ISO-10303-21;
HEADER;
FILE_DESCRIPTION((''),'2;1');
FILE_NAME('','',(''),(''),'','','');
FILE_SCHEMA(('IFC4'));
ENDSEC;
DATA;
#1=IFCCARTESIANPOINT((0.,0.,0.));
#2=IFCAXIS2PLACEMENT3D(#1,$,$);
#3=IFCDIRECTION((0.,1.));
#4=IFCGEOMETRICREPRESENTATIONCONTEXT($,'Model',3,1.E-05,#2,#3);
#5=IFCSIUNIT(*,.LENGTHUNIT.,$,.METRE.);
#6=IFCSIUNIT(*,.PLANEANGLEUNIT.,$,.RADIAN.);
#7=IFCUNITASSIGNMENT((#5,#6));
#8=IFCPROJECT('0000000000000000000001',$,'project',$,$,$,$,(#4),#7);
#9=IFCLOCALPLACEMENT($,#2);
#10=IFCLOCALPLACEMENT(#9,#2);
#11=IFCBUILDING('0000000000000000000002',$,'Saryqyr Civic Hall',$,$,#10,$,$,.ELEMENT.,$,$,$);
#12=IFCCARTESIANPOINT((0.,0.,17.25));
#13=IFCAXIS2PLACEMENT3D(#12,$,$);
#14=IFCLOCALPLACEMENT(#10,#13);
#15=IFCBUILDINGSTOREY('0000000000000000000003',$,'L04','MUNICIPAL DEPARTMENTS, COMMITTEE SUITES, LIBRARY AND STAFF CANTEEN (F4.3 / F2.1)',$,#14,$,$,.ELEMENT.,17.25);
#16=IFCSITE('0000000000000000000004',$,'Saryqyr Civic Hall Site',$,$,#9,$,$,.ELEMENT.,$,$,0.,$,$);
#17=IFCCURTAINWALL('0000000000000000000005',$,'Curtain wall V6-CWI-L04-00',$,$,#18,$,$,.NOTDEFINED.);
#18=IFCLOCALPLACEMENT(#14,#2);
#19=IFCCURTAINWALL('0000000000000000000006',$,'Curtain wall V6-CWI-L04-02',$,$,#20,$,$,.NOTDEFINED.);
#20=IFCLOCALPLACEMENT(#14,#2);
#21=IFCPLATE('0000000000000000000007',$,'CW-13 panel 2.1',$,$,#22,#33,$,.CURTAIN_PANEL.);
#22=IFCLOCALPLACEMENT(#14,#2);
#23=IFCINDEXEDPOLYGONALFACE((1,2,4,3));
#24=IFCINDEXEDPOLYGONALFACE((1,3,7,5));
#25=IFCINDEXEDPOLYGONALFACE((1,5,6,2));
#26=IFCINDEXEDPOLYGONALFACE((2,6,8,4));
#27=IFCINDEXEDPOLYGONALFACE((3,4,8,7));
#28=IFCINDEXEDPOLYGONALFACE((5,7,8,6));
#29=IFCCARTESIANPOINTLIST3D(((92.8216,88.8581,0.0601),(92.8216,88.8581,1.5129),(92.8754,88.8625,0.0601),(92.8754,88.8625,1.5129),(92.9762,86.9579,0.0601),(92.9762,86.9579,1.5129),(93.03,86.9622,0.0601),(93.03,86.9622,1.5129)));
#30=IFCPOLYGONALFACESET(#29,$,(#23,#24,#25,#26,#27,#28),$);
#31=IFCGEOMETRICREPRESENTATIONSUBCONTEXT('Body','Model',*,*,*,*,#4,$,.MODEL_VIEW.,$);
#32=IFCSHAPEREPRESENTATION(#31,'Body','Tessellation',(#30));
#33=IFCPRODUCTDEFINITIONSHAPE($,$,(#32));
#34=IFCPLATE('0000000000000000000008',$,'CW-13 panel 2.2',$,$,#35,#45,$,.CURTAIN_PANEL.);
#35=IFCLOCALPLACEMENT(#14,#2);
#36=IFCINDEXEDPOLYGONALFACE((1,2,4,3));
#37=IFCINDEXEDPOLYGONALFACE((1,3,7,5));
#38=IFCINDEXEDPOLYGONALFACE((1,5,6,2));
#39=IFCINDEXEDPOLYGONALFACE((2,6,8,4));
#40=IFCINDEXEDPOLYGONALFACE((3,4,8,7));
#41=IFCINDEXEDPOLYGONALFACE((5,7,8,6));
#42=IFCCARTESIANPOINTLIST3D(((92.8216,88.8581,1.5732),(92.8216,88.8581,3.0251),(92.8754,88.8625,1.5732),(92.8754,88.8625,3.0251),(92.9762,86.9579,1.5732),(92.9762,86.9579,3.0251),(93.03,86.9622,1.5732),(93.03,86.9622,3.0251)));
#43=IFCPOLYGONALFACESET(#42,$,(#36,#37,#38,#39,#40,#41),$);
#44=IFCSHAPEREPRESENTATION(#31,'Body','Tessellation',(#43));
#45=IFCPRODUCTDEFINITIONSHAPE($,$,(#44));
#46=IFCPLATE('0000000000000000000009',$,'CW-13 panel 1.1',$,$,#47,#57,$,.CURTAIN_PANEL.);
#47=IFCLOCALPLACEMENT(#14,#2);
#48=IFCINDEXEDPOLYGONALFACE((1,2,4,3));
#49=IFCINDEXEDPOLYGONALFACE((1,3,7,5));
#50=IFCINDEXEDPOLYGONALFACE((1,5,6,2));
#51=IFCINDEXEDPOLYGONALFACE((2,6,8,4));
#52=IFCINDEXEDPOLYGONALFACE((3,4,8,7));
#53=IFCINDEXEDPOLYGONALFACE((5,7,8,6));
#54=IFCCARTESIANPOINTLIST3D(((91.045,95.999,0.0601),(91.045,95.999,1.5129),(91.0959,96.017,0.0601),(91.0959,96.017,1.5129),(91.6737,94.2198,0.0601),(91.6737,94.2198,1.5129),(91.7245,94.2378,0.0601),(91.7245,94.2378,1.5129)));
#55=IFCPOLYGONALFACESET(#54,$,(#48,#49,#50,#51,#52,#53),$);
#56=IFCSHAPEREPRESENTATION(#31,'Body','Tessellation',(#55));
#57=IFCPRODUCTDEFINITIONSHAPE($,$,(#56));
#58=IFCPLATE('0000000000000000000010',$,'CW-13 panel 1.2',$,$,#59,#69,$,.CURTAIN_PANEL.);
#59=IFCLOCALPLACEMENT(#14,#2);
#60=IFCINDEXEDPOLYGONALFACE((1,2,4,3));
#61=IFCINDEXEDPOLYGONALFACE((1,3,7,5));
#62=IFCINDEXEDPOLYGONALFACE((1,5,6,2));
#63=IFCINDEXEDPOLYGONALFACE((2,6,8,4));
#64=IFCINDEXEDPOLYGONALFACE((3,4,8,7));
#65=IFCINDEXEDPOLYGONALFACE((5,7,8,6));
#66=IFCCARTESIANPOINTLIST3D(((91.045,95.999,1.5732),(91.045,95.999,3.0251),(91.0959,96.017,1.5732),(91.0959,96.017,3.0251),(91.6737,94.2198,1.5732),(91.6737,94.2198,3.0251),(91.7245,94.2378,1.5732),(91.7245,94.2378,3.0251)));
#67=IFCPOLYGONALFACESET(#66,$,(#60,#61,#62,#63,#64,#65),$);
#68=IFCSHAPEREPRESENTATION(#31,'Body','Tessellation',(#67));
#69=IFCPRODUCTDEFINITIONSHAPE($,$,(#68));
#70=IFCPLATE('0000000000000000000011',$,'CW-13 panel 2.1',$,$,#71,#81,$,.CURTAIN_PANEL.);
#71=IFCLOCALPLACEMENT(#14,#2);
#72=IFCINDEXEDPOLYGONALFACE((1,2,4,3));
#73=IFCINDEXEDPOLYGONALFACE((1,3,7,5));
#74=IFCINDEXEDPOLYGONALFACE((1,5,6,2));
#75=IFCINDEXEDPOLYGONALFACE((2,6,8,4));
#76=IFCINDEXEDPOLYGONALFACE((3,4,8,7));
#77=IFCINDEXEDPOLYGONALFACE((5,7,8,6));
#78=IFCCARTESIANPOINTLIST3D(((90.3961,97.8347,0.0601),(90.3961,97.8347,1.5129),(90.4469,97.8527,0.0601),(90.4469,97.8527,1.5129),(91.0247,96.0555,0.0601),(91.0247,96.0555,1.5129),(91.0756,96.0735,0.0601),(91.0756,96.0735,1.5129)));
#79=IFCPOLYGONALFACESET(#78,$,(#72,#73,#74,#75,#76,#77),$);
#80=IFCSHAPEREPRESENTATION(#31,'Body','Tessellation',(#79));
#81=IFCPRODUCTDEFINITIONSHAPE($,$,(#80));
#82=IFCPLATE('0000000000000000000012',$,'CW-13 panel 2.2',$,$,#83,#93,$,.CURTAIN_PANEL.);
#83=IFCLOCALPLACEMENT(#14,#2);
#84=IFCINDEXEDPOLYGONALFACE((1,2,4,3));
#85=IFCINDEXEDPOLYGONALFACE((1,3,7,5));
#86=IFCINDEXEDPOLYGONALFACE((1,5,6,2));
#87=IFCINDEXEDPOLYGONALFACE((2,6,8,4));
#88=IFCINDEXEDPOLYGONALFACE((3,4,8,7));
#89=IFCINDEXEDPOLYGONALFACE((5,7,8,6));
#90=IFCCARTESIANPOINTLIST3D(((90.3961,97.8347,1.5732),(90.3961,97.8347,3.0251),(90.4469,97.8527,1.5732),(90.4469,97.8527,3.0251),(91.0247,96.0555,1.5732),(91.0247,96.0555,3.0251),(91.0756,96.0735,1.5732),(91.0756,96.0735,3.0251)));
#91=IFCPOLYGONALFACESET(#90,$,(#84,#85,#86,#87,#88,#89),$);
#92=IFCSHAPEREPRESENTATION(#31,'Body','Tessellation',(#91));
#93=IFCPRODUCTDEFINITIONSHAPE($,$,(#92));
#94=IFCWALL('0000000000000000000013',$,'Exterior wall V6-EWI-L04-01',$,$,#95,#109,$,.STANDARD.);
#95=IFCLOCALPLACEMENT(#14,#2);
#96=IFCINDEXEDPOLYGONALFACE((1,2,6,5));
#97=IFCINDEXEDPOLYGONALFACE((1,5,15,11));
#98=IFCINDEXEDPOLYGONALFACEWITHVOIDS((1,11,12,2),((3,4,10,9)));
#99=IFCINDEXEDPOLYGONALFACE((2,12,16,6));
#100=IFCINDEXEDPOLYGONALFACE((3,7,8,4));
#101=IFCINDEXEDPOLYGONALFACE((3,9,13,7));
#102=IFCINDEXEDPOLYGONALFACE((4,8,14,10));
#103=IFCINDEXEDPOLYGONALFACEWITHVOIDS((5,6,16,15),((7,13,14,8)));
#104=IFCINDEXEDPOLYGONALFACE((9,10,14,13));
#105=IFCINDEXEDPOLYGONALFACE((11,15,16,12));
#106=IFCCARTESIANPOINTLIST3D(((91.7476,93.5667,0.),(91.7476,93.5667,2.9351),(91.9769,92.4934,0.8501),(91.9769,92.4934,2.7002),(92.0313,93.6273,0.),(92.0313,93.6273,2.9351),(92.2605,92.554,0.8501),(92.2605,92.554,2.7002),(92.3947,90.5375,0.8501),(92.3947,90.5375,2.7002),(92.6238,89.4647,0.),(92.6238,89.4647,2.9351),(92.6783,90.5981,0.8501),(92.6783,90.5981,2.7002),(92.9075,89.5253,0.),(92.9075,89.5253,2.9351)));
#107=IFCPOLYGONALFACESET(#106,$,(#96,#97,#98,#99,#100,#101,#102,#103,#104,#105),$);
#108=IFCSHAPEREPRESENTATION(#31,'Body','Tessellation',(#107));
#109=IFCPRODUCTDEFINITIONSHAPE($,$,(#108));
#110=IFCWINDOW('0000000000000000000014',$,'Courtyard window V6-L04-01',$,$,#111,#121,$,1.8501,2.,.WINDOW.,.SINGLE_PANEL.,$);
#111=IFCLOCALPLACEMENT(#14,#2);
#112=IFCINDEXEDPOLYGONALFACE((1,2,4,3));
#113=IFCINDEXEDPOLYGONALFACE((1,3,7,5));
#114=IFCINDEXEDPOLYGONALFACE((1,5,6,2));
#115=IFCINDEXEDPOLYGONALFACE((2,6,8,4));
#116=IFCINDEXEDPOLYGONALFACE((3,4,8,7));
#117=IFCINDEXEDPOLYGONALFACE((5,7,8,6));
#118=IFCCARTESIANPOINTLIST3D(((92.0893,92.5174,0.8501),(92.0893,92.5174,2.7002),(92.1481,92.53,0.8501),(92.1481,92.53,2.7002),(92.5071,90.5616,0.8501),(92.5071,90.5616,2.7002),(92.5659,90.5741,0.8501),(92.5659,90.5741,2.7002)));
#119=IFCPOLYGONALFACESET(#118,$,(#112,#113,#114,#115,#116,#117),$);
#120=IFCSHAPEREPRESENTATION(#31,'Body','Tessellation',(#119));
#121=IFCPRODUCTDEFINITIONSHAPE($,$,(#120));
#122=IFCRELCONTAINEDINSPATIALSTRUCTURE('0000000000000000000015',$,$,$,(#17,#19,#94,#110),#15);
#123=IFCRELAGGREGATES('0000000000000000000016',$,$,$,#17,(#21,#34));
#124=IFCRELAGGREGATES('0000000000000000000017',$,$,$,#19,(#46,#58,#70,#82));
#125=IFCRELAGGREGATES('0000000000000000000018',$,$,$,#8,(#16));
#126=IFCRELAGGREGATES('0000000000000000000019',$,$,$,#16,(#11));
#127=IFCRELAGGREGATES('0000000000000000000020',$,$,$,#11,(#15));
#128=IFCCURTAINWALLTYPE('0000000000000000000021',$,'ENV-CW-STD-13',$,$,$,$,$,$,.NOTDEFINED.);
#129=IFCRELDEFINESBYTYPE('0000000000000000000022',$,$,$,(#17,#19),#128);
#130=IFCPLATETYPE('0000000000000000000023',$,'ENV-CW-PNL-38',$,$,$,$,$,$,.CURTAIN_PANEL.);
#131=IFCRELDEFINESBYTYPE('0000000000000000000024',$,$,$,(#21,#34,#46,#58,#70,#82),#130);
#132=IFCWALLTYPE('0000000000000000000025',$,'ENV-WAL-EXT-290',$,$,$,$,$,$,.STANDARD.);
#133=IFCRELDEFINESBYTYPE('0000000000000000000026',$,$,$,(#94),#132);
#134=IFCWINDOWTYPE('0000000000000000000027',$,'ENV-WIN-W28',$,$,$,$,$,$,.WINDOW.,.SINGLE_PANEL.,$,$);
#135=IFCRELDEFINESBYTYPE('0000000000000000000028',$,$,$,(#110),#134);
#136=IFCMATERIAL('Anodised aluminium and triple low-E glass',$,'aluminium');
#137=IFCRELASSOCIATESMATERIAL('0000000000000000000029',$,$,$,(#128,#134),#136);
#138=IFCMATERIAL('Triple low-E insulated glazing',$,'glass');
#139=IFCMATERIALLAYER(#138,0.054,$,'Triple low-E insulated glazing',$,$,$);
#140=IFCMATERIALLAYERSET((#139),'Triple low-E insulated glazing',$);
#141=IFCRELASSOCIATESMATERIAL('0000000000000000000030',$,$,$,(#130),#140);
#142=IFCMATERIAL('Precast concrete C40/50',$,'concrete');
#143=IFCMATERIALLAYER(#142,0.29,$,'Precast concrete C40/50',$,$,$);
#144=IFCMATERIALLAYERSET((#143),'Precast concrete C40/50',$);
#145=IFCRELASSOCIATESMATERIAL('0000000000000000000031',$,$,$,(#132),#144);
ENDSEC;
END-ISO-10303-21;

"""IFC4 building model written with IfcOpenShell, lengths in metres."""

from ifc_helpers import new_model, si_unit, direction, frame, frame_2d, origin, origin_2d, place, context, subcontext, project, spatial, rectangle, extrude, material, layer, layer_set, type_object, element, fill, aggregate, save


model = new_model("IFC4")

# Units and contexts
model_context = context("Model", 3, precision=1e-05, world=origin(), true_north=direction((0.0, 1.0)))
body_context = subcontext(model_context, "Body", "Model", "MODEL_VIEW")
ifc_project = project(units=[si_unit("LENGTHUNIT", "METRE"), si_unit("PLANEANGLEUNIT", "RADIAN")], contexts=[model_context])

# Site, building, storey
site_placement = place(None, origin())
site = spatial("IfcSite", under=ifc_project, at=site_placement, Name="Saryqyr Civic Hall Site", CompositionType="ELEMENT", RefElevation=0.0)
building_placement = place(site_placement, origin())
building = spatial("IfcBuilding", under=site, at=building_placement, Name="Saryqyr Civic Hall", CompositionType="ELEMENT")
storey_placement = place(building_placement, frame((0.0, 0.0, 17.25)))
storey = spatial("IfcBuildingStorey", under=building, at=storey_placement, Name="L04", Description="MUNICIPAL DEPARTMENTS, COMMITTEE SUITES, LIBRARY AND STAFF CANTEEN (F4.3 / F2.1)", CompositionType="ELEMENT", Elevation=17.25)

# Curtain wall
ifc_material_1 = material(Name="Anodised aluminium and triple low-E glass", Category="aluminium")
curtain_wall_type = type_object("IfcCurtainWallType", Name="ENV-CW-STD-13", PredefinedType="NOTDEFINED", material=ifc_material_1)
curtain_wall_1_placement = place(storey_placement, origin())
curtain_wall_1 = element("IfcCurtainWall", 1, at=curtain_wall_1_placement, inside=storey, type_object=curtain_wall_type, Name="Curtain wall V6-CWI-L04-00", PredefinedType="NOTDEFINED")

# Curtain wall
curtain_wall_2_placement = place(storey_placement, origin())
curtain_wall_2 = element("IfcCurtainWall", 2, at=curtain_wall_2_placement, inside=storey, type_object=curtain_wall_type, Name="Curtain wall V6-CWI-L04-02", PredefinedType="NOTDEFINED")

# Plates
ifc_material_2 = material(Name="Triple low-E insulated glazing", Category="glass")
ifc_layer_1 = layer(ifc_material_2, 0.054, Name="Triple low-E insulated glazing")
ifc_layer_set_1 = layer_set([ifc_layer_1], Name="Triple low-E insulated glazing")
plate_type = type_object("IfcPlateType", Name="ENV-CW-PNL-38", PredefinedType="CURTAIN_PANEL", material=ifc_layer_set_1)
plate_1_placement = place(storey_placement, frame((92.9258, 87.9102, 0.0601), z_axis=(0.0, 0.0, 1.0), x_axis=(-0.081091, 0.996707, 0.0)))
plate_1 = element("IfcPlate", 3, at=plate_1_placement, type_object=plate_type, Name="CW-13 panel 2.1", PredefinedType="CURTAIN_PANEL", context=body_context, shape_type="SweptSolid", body=[
    extrude(rectangle(XDim=1.9065, YDim=0.054, at=origin_2d()), origin(), (0.0, 0.0, 1.0), 1.4529),
])
plate_2_placement = place(storey_placement, frame((92.9258, 87.9102, 1.5732), z_axis=(0.0, 0.0, 1.0), x_axis=(-0.081091, 0.996707, 0.0)))
plate_2 = element("IfcPlate", 4, at=plate_2_placement, type_object=plate_type, Name="CW-13 panel 2.2", PredefinedType="CURTAIN_PANEL", context=body_context, shape_type="SweptSolid", body=[
    extrude(rectangle(XDim=1.9065, YDim=0.054, at=origin_2d()), origin(), (0.0, 0.0, 1.0), 1.4519),
])
aggregate(curtain_wall_1, [plate_1, plate_2])
plate_3_placement = place(storey_placement, frame((91.3848, 95.1184, 0.0601), z_axis=(0.0, 0.0, 1.0), x_axis=(-0.333172, 0.942866, 0.0)))
plate_3 = element("IfcPlate", 5, at=plate_3_placement, type_object=plate_type, Name="CW-13 panel 1.1", PredefinedType="CURTAIN_PANEL", context=body_context, shape_type="SweptSolid", body=[
    extrude(rectangle(XDim=1.887, YDim=0.054, at=origin_2d()), origin(), (0.0, 0.0, 1.0), 1.4529),
])
plate_4_placement = place(storey_placement, frame((91.3848, 95.1184, 1.5732), z_axis=(0.0, 0.0, 1.0), x_axis=(-0.333172, 0.942866, 0.0)))
plate_4 = element("IfcPlate", 6, at=plate_4_placement, type_object=plate_type, Name="CW-13 panel 1.2", PredefinedType="CURTAIN_PANEL", context=body_context, shape_type="SweptSolid", body=[
    extrude(rectangle(XDim=1.887, YDim=0.054, at=origin_2d()), origin(), (0.0, 0.0, 1.0), 1.4519),
])
plate_5_placement = place(storey_placement, frame((90.7358, 96.9541, 0.0601), z_axis=(0.0, 0.0, 1.0), x_axis=(-0.333172, 0.942866, 0.0)))
plate_5 = element("IfcPlate", 7, at=plate_5_placement, type_object=plate_type, Name="CW-13 panel 2.1", PredefinedType="CURTAIN_PANEL", context=body_context, shape_type="SweptSolid", body=[
    extrude(rectangle(XDim=1.887, YDim=0.054, at=origin_2d()), origin(), (0.0, 0.0, 1.0), 1.4529),
])
plate_6_placement = place(storey_placement, frame((90.7358, 96.9541, 1.5732), z_axis=(0.0, 0.0, 1.0), x_axis=(-0.333172, 0.942866, 0.0)))
plate_6 = element("IfcPlate", 8, at=plate_6_placement, type_object=plate_type, Name="CW-13 panel 2.2", PredefinedType="CURTAIN_PANEL", context=body_context, shape_type="SweptSolid", body=[
    extrude(rectangle(XDim=1.887, YDim=0.054, at=origin_2d()), origin(), (0.0, 0.0, 1.0), 1.4519),
])
aggregate(curtain_wall_2, [plate_3, plate_4, plate_5, plate_6])

# Wall, opening, window
ifc_material_3 = material(Name="Precast concrete C40/50", Category="concrete")
ifc_layer_2 = layer(ifc_material_3, 0.29, Name="Precast concrete C40/50")
ifc_layer_set_2 = layer_set([ifc_layer_2], Name="Precast concrete C40/50")
wall_type = type_object("IfcWallType", Name="ENV-WAL-EXT-290", PredefinedType="STANDARD", material=ifc_layer_set_2)
wall_placement = place(storey_placement, frame((92.7656, 89.4951, 0.0), z_axis=(0.0, 0.0, 1.0), x_axis=(-0.208893, 0.977938, 0.0)))
wall = element("IfcWall", 9, at=wall_placement, inside=storey, type_object=wall_type, Name="Exterior wall V6-EWI-L04-01", PredefinedType="STANDARD", context=body_context, shape_type="SweptSolid", body=[
    extrude(rectangle(XDim=4.1946, YDim=0.29, at=frame_2d((2.0972, 0.0))), origin(), (0.0, 0.0, 1.0), 2.9351),
])
opening_placement = place(wall_placement, frame((1.0969, 0.0, 0.8501)))
opening = element("IfcOpeningElement", 10, at=opening_placement, cuts=wall, PredefinedType="OPENING", context=body_context, shape_type="SweptSolid", body=[
    extrude(rectangle(XDim=2.0, YDim=1.8501, at=frame_2d((1.0, 0.925))), frame((0.0, 0.155, 0.0), z_axis=(0.0, -1.0, 0.0), x_axis=(1.0, 0.0, 0.0)), (0.0, 0.0, 1.0), 0.3101),
])
window_type = type_object("IfcWindowType", Name="ENV-WIN-W28", PartitioningType="SINGLE_PANEL", PredefinedType="WINDOW", material=ifc_material_1)
window_placement = place(opening_placement, origin())
window = element("IfcWindow", 11, at=window_placement, inside=storey, type_object=window_type, Name="Courtyard window V6-L04-01", OverallHeight=1.8501, OverallWidth=2.0, PartitioningType="SINGLE_PANEL", PredefinedType="WINDOW", context=body_context, shape_type="SweptSolid", body=[
    extrude(rectangle(XDim=2.0, YDim=1.8501, at=frame_2d((1.0, 0.925))), frame((0.0, 0.03, 0.0), z_axis=(0.0, -1.0, 0.0), x_axis=(1.0, 0.0, 0.0)), (0.0, 0.0, 1.0), 0.0601),
])
fill(opening, window)

save(model, "model.ifc")
